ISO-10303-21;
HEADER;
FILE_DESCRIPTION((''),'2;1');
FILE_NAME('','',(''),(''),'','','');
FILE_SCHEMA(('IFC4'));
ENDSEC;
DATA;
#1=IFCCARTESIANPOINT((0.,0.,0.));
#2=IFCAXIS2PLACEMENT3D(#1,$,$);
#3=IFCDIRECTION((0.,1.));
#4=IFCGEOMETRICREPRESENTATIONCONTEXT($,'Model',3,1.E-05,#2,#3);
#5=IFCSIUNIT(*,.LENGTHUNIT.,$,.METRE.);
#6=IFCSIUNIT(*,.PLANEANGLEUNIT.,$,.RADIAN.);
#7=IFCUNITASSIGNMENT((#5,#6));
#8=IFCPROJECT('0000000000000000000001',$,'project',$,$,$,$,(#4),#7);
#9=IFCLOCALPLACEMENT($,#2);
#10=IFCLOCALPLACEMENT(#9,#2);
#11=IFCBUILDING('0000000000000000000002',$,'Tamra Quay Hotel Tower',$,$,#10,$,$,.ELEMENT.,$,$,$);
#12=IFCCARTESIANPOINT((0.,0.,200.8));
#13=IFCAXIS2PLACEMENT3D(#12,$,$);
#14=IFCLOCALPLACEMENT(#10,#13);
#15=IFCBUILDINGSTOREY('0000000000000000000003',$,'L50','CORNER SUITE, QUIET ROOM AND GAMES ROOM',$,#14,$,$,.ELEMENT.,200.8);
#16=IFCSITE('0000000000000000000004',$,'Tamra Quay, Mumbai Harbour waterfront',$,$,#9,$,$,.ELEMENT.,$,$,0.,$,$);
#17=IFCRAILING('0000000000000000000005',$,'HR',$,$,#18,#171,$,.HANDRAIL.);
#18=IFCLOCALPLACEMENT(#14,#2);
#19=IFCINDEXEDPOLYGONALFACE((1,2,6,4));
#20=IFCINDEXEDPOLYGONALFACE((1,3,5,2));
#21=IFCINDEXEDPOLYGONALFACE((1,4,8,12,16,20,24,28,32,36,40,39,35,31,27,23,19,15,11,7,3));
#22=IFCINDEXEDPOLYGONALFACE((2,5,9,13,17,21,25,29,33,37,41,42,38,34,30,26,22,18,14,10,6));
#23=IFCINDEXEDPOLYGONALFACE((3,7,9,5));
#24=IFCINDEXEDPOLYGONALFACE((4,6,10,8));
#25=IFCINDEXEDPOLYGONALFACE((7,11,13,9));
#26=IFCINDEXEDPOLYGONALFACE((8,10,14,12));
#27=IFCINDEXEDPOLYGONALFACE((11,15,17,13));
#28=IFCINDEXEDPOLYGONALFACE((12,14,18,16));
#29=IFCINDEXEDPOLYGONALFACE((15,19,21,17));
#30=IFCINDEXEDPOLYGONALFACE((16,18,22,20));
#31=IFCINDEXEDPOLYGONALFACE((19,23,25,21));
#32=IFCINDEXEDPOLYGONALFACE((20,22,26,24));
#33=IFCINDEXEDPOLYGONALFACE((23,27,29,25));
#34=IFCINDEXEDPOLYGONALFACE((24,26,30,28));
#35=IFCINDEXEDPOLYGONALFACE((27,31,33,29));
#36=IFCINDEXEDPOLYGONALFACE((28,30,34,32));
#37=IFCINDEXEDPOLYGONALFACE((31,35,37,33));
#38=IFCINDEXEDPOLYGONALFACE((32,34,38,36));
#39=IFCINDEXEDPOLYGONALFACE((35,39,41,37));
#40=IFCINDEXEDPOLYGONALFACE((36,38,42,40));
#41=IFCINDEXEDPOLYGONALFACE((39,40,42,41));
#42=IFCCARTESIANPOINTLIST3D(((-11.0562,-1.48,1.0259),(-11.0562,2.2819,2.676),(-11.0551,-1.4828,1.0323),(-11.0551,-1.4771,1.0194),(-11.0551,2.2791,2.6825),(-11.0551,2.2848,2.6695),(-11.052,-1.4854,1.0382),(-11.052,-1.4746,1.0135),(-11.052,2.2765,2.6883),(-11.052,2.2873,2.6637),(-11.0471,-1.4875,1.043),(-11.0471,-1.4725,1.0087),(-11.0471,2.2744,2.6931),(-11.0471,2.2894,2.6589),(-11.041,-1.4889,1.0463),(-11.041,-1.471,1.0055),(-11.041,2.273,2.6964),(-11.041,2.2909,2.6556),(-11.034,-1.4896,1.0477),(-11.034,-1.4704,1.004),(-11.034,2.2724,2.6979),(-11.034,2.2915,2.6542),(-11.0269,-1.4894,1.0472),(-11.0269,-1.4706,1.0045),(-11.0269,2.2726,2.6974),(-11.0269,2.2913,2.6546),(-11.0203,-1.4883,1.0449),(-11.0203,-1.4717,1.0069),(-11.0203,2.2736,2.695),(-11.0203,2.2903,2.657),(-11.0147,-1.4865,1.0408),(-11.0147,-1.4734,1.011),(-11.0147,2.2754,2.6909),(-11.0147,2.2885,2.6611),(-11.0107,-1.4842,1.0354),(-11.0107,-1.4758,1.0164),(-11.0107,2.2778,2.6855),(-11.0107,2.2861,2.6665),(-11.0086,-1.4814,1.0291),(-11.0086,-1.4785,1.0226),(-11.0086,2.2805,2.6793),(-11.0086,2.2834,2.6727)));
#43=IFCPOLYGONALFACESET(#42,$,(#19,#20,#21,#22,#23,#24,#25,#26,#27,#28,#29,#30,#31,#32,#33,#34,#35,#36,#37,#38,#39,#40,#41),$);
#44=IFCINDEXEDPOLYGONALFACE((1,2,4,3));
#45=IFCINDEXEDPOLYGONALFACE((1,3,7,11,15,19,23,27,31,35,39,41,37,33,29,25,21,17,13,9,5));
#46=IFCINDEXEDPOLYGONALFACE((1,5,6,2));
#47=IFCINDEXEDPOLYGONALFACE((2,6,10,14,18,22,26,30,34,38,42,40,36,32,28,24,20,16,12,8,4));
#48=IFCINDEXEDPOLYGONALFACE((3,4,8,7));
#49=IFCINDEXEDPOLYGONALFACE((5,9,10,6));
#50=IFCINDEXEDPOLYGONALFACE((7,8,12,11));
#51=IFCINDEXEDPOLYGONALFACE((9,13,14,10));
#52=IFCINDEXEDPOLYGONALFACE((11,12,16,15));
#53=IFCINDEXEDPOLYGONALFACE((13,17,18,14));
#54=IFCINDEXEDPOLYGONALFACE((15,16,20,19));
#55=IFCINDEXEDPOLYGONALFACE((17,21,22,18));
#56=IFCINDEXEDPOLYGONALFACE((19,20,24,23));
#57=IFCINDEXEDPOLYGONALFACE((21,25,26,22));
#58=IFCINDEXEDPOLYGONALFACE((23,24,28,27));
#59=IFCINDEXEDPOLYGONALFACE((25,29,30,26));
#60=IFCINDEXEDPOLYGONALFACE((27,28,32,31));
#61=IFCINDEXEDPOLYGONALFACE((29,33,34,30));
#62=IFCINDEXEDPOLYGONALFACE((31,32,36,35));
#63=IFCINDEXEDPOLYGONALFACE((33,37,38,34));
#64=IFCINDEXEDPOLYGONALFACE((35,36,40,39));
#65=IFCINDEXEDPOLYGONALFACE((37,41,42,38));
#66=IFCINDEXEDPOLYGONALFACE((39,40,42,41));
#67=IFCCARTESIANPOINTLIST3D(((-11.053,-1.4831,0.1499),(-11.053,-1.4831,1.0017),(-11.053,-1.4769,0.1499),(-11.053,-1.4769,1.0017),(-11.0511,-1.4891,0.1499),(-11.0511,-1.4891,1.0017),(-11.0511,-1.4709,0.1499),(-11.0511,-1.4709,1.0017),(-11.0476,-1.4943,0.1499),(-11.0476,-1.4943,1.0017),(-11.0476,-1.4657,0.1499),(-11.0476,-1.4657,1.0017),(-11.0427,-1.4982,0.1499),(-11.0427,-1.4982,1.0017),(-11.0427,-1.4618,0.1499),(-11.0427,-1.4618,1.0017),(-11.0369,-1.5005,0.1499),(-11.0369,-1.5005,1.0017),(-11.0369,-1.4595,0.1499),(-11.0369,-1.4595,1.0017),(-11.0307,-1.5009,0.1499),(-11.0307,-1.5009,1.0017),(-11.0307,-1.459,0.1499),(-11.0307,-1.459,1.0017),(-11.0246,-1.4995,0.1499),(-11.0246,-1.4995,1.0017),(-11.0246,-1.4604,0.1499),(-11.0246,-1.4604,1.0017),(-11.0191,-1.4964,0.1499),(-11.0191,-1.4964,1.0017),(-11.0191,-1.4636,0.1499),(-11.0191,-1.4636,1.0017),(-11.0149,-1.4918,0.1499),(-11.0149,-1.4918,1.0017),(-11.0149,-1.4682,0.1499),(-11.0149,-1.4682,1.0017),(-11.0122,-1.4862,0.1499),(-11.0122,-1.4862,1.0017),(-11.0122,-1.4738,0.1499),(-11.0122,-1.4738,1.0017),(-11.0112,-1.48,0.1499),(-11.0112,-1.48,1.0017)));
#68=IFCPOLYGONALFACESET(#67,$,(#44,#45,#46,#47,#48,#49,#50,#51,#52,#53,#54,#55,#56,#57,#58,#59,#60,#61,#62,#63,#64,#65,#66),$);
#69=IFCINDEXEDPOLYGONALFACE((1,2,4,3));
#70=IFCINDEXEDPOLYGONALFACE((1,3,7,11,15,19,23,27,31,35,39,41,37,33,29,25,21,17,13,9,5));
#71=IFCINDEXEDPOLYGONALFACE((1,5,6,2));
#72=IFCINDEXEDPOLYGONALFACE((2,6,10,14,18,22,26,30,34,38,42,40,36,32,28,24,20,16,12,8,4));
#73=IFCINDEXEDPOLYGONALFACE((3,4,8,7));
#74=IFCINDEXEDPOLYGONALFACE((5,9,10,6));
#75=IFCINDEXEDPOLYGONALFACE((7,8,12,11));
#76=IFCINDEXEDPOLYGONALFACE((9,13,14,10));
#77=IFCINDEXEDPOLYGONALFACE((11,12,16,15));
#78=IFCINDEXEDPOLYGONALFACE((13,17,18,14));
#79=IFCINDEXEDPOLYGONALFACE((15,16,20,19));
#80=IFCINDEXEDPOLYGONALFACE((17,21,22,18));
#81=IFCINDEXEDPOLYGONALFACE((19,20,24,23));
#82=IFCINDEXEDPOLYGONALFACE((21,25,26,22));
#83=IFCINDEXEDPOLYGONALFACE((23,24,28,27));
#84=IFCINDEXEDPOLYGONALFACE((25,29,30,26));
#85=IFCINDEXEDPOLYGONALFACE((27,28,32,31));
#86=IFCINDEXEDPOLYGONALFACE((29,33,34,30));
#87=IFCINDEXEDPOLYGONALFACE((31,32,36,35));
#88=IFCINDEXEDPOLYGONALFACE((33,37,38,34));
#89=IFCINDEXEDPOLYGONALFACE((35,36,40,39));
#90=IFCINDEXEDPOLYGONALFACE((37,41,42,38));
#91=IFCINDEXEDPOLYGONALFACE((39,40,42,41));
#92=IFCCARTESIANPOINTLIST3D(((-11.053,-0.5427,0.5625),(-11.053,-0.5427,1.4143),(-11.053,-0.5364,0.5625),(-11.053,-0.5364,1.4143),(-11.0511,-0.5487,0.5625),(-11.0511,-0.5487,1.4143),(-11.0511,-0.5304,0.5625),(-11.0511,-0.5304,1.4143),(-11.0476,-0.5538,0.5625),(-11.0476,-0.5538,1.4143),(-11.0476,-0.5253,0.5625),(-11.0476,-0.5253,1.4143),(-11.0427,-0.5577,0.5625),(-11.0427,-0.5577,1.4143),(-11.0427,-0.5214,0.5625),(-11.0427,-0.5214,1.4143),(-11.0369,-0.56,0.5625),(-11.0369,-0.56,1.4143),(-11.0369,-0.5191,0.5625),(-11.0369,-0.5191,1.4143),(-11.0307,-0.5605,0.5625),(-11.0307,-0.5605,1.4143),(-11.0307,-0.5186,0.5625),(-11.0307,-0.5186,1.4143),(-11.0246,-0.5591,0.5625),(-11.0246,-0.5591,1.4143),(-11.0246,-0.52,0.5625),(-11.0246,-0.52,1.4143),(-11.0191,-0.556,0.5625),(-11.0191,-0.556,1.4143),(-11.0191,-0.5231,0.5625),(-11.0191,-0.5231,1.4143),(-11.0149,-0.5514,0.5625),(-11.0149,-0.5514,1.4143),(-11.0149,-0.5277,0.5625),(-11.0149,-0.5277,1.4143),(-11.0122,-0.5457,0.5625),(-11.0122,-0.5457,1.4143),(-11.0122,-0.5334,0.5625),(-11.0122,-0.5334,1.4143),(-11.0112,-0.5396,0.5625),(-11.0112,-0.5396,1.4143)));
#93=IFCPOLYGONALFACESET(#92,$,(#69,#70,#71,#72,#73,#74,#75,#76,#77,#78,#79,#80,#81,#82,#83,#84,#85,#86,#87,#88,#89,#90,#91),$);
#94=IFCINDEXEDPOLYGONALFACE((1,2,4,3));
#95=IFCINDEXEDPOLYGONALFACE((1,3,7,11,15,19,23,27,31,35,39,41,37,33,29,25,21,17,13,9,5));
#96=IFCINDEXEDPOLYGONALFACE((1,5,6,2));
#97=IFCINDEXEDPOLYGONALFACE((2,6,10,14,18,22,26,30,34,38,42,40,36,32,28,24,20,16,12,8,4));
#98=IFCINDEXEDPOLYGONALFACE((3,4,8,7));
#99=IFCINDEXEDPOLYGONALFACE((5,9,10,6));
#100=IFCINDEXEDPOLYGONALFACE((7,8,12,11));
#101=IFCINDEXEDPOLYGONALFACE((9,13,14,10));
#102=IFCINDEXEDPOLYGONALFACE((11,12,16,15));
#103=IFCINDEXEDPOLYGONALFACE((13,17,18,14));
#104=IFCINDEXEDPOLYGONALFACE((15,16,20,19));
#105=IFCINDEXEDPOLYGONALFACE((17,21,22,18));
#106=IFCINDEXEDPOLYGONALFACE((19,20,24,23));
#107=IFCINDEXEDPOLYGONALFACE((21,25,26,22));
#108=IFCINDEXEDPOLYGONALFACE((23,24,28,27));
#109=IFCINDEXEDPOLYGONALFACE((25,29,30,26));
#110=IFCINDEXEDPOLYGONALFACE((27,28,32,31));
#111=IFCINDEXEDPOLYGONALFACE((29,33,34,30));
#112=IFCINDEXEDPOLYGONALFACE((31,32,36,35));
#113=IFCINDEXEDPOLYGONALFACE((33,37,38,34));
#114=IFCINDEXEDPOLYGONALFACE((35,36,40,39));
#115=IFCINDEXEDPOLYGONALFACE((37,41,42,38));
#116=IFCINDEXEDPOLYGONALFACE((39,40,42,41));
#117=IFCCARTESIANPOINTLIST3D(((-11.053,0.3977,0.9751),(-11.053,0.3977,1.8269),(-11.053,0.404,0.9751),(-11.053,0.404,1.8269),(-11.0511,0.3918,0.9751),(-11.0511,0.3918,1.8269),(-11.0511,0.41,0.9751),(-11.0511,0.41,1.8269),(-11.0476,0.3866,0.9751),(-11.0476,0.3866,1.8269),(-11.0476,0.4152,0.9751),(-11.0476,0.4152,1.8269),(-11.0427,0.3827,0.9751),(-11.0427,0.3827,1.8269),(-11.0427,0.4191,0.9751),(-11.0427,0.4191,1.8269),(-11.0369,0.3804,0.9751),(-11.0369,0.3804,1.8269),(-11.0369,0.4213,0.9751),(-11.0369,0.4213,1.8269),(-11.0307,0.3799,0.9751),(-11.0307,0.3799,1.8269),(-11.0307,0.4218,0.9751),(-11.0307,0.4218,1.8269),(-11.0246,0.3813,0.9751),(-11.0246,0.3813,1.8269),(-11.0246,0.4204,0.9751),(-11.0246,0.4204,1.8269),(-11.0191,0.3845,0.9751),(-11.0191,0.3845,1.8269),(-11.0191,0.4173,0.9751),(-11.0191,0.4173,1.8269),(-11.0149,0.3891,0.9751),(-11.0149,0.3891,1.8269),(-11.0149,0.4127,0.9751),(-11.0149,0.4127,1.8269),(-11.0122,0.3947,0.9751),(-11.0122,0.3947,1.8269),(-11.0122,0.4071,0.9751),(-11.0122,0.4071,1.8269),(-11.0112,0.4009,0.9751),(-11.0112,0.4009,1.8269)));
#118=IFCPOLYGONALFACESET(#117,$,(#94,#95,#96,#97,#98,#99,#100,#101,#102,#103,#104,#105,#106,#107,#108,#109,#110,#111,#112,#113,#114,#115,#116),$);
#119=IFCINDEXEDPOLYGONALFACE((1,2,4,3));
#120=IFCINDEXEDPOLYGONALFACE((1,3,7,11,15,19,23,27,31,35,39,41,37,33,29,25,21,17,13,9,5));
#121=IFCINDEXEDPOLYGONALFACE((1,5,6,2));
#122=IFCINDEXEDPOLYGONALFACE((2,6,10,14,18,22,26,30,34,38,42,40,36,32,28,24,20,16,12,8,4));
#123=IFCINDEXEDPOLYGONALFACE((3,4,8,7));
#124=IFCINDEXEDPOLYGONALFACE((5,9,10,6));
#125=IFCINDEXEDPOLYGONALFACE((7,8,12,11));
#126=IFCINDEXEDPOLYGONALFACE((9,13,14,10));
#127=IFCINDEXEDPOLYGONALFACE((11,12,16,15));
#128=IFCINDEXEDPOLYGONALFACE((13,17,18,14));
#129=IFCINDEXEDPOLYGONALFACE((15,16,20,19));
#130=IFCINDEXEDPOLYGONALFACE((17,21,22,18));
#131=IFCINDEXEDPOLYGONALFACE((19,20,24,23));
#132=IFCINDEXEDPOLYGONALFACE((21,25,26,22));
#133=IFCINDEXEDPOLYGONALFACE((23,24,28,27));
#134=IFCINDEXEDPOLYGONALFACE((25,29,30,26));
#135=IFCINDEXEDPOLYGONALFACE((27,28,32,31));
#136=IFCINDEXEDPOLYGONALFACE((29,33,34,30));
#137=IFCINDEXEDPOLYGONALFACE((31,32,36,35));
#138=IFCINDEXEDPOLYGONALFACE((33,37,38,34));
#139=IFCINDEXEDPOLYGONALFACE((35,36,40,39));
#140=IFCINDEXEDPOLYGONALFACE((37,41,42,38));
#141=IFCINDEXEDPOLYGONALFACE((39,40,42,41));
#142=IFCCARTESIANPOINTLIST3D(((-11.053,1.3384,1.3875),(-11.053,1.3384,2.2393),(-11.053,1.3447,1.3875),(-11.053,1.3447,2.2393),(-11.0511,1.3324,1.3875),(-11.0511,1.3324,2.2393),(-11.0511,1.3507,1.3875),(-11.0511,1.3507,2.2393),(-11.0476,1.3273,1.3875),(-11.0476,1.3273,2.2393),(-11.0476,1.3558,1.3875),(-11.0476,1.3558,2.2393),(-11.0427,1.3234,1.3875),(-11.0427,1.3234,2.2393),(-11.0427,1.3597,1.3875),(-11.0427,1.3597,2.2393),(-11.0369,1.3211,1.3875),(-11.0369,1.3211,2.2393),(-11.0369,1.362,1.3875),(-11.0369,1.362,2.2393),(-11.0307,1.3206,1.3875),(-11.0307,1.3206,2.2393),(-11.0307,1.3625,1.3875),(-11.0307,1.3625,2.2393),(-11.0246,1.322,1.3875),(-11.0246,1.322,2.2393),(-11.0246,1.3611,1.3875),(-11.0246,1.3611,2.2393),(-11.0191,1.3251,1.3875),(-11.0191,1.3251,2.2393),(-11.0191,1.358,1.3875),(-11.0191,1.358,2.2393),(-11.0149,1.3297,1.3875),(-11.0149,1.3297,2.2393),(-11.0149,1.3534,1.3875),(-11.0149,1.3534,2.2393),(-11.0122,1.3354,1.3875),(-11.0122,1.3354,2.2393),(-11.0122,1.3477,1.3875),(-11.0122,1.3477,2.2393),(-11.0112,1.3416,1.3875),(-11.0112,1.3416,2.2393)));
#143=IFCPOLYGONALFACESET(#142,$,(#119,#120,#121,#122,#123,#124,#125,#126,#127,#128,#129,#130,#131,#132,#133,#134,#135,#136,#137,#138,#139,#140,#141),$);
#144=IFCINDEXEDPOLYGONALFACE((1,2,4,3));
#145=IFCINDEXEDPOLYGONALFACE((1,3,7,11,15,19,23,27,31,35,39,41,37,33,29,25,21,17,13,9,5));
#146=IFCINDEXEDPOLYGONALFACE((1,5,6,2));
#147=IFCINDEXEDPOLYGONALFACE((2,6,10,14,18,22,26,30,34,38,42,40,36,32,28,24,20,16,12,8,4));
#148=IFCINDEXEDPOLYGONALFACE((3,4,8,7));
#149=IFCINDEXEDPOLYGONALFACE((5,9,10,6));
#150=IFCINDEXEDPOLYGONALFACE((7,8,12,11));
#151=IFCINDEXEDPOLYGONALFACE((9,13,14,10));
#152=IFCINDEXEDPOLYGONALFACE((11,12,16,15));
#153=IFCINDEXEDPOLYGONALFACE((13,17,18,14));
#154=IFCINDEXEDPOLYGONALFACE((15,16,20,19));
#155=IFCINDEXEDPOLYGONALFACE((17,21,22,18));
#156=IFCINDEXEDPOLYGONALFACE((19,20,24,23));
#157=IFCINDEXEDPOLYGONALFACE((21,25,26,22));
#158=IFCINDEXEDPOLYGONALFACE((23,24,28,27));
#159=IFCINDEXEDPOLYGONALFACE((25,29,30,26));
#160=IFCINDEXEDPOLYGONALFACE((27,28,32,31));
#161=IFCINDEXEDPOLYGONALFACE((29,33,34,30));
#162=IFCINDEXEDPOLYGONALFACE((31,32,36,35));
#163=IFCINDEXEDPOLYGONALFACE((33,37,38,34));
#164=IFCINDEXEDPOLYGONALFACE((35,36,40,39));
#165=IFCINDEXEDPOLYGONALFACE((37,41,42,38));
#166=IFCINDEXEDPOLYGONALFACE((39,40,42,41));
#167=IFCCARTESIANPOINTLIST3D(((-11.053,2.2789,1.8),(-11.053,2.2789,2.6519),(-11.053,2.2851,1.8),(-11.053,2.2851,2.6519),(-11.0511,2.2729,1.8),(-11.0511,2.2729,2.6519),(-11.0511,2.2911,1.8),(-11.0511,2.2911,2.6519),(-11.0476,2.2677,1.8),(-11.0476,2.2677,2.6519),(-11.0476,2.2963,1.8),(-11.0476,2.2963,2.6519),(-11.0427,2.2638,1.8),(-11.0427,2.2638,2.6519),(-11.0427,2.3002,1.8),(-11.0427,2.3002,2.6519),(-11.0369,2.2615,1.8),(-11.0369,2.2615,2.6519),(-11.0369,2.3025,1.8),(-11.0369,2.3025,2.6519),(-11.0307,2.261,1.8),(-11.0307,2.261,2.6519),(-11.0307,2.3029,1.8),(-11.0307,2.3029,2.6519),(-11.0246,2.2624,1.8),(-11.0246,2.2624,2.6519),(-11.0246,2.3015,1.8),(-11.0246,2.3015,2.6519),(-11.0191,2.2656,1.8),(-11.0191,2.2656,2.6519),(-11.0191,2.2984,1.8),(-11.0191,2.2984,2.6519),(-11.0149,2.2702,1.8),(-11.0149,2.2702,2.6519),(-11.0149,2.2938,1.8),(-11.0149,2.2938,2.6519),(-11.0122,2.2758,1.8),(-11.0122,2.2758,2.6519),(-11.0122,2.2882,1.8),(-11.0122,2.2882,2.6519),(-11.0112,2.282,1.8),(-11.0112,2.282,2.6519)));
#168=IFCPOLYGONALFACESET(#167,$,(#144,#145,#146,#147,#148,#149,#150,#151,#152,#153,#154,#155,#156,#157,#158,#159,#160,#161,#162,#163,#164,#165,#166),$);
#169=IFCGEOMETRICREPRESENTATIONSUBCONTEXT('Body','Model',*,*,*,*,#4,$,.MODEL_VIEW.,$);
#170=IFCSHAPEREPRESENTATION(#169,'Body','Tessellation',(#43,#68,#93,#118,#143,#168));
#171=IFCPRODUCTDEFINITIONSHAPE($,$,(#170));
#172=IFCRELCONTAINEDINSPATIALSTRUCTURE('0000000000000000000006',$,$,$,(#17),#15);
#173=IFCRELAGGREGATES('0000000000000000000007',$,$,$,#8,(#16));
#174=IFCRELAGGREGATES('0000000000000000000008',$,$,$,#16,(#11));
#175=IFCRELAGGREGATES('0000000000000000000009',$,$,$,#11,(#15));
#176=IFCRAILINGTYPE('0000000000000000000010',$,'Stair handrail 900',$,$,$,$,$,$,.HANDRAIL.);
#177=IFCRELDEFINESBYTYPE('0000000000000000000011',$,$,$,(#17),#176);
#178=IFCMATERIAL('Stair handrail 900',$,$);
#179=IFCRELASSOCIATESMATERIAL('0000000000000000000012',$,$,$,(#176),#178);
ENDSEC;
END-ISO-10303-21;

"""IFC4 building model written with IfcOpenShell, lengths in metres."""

from ifc_helpers import new_model, si_unit, direction, frame, origin, origin_2d, place, context, subcontext, project, spatial, circle, extrude, material, type_object, element, save


model = new_model("IFC4")

# Units and contexts
model_context = context("Model", 3, precision=1e-05, world=origin(), true_north=direction((0.0, 1.0)))
body_context = subcontext(model_context, "Body", "Model", "MODEL_VIEW")
ifc_project = project(units=[si_unit("LENGTHUNIT", "METRE"), si_unit("PLANEANGLEUNIT", "RADIAN")], contexts=[model_context])

# Site, building, storey
site_placement = place(None, origin())
site = spatial("IfcSite", under=ifc_project, at=site_placement, Name="Tamra Quay, Mumbai Harbour waterfront", CompositionType="ELEMENT", RefElevation=0.0)
building_placement = place(site_placement, origin())
building = spatial("IfcBuilding", under=site, at=building_placement, Name="Tamra Quay Hotel Tower", CompositionType="ELEMENT")
storey_placement = place(building_placement, frame((0.0, 0.0, 200.8)))
storey = spatial("IfcBuildingStorey", under=building, at=storey_placement, Name="L50", Description="CORNER SUITE, QUIET ROOM AND GAMES ROOM", CompositionType="ELEMENT", Elevation=200.8)

# Railing
ifc_material_1 = material(Name="Stair handrail 900")
railing_type_1 = type_object("IfcRailingType", Name="Stair handrail 900", PredefinedType="HANDRAIL", material=ifc_material_1)
railing_1_placement = place(storey_placement, frame((-11.0322, -1.48, 0.1499)))
element("IfcRailing", 1, at=railing_1_placement, inside=storey, type_object=railing_type_1, Name="HR", PredefinedType="HANDRAIL", context=body_context, shape_type="SweptSolid", body=[
    extrude(circle(Radius=0.0239, at=origin_2d()), frame((0.0, 0.0, 0.876), z_axis=(0.0, 0.915774, 0.401695), x_axis=(-1.0, 0.0, 0.0)), (0.0, 0.0, 1.0), 4.1079),
    extrude(circle(Radius=0.021, at=origin_2d()), origin(), (0.0, 0.0, 1.0), 0.8518),
    extrude(circle(Radius=0.021, at=origin_2d()), frame((0.0, 0.9404, 0.4126)), (0.0, 0.0, 1.0), 0.8518),
    extrude(circle(Radius=0.021, at=origin_2d()), frame((0.0, 1.8809, 0.8252)), (0.0, 0.0, 1.0), 0.8518),
    extrude(circle(Radius=0.021, at=origin_2d()), frame((0.0, 2.8215, 1.2375)), (0.0, 0.0, 1.0), 0.8518),
    extrude(circle(Radius=0.021, at=origin_2d()), frame((0.0, 3.762, 1.6501)), (0.0, 0.0, 1.0), 0.8518),
])

save(model, "model.ifc")
